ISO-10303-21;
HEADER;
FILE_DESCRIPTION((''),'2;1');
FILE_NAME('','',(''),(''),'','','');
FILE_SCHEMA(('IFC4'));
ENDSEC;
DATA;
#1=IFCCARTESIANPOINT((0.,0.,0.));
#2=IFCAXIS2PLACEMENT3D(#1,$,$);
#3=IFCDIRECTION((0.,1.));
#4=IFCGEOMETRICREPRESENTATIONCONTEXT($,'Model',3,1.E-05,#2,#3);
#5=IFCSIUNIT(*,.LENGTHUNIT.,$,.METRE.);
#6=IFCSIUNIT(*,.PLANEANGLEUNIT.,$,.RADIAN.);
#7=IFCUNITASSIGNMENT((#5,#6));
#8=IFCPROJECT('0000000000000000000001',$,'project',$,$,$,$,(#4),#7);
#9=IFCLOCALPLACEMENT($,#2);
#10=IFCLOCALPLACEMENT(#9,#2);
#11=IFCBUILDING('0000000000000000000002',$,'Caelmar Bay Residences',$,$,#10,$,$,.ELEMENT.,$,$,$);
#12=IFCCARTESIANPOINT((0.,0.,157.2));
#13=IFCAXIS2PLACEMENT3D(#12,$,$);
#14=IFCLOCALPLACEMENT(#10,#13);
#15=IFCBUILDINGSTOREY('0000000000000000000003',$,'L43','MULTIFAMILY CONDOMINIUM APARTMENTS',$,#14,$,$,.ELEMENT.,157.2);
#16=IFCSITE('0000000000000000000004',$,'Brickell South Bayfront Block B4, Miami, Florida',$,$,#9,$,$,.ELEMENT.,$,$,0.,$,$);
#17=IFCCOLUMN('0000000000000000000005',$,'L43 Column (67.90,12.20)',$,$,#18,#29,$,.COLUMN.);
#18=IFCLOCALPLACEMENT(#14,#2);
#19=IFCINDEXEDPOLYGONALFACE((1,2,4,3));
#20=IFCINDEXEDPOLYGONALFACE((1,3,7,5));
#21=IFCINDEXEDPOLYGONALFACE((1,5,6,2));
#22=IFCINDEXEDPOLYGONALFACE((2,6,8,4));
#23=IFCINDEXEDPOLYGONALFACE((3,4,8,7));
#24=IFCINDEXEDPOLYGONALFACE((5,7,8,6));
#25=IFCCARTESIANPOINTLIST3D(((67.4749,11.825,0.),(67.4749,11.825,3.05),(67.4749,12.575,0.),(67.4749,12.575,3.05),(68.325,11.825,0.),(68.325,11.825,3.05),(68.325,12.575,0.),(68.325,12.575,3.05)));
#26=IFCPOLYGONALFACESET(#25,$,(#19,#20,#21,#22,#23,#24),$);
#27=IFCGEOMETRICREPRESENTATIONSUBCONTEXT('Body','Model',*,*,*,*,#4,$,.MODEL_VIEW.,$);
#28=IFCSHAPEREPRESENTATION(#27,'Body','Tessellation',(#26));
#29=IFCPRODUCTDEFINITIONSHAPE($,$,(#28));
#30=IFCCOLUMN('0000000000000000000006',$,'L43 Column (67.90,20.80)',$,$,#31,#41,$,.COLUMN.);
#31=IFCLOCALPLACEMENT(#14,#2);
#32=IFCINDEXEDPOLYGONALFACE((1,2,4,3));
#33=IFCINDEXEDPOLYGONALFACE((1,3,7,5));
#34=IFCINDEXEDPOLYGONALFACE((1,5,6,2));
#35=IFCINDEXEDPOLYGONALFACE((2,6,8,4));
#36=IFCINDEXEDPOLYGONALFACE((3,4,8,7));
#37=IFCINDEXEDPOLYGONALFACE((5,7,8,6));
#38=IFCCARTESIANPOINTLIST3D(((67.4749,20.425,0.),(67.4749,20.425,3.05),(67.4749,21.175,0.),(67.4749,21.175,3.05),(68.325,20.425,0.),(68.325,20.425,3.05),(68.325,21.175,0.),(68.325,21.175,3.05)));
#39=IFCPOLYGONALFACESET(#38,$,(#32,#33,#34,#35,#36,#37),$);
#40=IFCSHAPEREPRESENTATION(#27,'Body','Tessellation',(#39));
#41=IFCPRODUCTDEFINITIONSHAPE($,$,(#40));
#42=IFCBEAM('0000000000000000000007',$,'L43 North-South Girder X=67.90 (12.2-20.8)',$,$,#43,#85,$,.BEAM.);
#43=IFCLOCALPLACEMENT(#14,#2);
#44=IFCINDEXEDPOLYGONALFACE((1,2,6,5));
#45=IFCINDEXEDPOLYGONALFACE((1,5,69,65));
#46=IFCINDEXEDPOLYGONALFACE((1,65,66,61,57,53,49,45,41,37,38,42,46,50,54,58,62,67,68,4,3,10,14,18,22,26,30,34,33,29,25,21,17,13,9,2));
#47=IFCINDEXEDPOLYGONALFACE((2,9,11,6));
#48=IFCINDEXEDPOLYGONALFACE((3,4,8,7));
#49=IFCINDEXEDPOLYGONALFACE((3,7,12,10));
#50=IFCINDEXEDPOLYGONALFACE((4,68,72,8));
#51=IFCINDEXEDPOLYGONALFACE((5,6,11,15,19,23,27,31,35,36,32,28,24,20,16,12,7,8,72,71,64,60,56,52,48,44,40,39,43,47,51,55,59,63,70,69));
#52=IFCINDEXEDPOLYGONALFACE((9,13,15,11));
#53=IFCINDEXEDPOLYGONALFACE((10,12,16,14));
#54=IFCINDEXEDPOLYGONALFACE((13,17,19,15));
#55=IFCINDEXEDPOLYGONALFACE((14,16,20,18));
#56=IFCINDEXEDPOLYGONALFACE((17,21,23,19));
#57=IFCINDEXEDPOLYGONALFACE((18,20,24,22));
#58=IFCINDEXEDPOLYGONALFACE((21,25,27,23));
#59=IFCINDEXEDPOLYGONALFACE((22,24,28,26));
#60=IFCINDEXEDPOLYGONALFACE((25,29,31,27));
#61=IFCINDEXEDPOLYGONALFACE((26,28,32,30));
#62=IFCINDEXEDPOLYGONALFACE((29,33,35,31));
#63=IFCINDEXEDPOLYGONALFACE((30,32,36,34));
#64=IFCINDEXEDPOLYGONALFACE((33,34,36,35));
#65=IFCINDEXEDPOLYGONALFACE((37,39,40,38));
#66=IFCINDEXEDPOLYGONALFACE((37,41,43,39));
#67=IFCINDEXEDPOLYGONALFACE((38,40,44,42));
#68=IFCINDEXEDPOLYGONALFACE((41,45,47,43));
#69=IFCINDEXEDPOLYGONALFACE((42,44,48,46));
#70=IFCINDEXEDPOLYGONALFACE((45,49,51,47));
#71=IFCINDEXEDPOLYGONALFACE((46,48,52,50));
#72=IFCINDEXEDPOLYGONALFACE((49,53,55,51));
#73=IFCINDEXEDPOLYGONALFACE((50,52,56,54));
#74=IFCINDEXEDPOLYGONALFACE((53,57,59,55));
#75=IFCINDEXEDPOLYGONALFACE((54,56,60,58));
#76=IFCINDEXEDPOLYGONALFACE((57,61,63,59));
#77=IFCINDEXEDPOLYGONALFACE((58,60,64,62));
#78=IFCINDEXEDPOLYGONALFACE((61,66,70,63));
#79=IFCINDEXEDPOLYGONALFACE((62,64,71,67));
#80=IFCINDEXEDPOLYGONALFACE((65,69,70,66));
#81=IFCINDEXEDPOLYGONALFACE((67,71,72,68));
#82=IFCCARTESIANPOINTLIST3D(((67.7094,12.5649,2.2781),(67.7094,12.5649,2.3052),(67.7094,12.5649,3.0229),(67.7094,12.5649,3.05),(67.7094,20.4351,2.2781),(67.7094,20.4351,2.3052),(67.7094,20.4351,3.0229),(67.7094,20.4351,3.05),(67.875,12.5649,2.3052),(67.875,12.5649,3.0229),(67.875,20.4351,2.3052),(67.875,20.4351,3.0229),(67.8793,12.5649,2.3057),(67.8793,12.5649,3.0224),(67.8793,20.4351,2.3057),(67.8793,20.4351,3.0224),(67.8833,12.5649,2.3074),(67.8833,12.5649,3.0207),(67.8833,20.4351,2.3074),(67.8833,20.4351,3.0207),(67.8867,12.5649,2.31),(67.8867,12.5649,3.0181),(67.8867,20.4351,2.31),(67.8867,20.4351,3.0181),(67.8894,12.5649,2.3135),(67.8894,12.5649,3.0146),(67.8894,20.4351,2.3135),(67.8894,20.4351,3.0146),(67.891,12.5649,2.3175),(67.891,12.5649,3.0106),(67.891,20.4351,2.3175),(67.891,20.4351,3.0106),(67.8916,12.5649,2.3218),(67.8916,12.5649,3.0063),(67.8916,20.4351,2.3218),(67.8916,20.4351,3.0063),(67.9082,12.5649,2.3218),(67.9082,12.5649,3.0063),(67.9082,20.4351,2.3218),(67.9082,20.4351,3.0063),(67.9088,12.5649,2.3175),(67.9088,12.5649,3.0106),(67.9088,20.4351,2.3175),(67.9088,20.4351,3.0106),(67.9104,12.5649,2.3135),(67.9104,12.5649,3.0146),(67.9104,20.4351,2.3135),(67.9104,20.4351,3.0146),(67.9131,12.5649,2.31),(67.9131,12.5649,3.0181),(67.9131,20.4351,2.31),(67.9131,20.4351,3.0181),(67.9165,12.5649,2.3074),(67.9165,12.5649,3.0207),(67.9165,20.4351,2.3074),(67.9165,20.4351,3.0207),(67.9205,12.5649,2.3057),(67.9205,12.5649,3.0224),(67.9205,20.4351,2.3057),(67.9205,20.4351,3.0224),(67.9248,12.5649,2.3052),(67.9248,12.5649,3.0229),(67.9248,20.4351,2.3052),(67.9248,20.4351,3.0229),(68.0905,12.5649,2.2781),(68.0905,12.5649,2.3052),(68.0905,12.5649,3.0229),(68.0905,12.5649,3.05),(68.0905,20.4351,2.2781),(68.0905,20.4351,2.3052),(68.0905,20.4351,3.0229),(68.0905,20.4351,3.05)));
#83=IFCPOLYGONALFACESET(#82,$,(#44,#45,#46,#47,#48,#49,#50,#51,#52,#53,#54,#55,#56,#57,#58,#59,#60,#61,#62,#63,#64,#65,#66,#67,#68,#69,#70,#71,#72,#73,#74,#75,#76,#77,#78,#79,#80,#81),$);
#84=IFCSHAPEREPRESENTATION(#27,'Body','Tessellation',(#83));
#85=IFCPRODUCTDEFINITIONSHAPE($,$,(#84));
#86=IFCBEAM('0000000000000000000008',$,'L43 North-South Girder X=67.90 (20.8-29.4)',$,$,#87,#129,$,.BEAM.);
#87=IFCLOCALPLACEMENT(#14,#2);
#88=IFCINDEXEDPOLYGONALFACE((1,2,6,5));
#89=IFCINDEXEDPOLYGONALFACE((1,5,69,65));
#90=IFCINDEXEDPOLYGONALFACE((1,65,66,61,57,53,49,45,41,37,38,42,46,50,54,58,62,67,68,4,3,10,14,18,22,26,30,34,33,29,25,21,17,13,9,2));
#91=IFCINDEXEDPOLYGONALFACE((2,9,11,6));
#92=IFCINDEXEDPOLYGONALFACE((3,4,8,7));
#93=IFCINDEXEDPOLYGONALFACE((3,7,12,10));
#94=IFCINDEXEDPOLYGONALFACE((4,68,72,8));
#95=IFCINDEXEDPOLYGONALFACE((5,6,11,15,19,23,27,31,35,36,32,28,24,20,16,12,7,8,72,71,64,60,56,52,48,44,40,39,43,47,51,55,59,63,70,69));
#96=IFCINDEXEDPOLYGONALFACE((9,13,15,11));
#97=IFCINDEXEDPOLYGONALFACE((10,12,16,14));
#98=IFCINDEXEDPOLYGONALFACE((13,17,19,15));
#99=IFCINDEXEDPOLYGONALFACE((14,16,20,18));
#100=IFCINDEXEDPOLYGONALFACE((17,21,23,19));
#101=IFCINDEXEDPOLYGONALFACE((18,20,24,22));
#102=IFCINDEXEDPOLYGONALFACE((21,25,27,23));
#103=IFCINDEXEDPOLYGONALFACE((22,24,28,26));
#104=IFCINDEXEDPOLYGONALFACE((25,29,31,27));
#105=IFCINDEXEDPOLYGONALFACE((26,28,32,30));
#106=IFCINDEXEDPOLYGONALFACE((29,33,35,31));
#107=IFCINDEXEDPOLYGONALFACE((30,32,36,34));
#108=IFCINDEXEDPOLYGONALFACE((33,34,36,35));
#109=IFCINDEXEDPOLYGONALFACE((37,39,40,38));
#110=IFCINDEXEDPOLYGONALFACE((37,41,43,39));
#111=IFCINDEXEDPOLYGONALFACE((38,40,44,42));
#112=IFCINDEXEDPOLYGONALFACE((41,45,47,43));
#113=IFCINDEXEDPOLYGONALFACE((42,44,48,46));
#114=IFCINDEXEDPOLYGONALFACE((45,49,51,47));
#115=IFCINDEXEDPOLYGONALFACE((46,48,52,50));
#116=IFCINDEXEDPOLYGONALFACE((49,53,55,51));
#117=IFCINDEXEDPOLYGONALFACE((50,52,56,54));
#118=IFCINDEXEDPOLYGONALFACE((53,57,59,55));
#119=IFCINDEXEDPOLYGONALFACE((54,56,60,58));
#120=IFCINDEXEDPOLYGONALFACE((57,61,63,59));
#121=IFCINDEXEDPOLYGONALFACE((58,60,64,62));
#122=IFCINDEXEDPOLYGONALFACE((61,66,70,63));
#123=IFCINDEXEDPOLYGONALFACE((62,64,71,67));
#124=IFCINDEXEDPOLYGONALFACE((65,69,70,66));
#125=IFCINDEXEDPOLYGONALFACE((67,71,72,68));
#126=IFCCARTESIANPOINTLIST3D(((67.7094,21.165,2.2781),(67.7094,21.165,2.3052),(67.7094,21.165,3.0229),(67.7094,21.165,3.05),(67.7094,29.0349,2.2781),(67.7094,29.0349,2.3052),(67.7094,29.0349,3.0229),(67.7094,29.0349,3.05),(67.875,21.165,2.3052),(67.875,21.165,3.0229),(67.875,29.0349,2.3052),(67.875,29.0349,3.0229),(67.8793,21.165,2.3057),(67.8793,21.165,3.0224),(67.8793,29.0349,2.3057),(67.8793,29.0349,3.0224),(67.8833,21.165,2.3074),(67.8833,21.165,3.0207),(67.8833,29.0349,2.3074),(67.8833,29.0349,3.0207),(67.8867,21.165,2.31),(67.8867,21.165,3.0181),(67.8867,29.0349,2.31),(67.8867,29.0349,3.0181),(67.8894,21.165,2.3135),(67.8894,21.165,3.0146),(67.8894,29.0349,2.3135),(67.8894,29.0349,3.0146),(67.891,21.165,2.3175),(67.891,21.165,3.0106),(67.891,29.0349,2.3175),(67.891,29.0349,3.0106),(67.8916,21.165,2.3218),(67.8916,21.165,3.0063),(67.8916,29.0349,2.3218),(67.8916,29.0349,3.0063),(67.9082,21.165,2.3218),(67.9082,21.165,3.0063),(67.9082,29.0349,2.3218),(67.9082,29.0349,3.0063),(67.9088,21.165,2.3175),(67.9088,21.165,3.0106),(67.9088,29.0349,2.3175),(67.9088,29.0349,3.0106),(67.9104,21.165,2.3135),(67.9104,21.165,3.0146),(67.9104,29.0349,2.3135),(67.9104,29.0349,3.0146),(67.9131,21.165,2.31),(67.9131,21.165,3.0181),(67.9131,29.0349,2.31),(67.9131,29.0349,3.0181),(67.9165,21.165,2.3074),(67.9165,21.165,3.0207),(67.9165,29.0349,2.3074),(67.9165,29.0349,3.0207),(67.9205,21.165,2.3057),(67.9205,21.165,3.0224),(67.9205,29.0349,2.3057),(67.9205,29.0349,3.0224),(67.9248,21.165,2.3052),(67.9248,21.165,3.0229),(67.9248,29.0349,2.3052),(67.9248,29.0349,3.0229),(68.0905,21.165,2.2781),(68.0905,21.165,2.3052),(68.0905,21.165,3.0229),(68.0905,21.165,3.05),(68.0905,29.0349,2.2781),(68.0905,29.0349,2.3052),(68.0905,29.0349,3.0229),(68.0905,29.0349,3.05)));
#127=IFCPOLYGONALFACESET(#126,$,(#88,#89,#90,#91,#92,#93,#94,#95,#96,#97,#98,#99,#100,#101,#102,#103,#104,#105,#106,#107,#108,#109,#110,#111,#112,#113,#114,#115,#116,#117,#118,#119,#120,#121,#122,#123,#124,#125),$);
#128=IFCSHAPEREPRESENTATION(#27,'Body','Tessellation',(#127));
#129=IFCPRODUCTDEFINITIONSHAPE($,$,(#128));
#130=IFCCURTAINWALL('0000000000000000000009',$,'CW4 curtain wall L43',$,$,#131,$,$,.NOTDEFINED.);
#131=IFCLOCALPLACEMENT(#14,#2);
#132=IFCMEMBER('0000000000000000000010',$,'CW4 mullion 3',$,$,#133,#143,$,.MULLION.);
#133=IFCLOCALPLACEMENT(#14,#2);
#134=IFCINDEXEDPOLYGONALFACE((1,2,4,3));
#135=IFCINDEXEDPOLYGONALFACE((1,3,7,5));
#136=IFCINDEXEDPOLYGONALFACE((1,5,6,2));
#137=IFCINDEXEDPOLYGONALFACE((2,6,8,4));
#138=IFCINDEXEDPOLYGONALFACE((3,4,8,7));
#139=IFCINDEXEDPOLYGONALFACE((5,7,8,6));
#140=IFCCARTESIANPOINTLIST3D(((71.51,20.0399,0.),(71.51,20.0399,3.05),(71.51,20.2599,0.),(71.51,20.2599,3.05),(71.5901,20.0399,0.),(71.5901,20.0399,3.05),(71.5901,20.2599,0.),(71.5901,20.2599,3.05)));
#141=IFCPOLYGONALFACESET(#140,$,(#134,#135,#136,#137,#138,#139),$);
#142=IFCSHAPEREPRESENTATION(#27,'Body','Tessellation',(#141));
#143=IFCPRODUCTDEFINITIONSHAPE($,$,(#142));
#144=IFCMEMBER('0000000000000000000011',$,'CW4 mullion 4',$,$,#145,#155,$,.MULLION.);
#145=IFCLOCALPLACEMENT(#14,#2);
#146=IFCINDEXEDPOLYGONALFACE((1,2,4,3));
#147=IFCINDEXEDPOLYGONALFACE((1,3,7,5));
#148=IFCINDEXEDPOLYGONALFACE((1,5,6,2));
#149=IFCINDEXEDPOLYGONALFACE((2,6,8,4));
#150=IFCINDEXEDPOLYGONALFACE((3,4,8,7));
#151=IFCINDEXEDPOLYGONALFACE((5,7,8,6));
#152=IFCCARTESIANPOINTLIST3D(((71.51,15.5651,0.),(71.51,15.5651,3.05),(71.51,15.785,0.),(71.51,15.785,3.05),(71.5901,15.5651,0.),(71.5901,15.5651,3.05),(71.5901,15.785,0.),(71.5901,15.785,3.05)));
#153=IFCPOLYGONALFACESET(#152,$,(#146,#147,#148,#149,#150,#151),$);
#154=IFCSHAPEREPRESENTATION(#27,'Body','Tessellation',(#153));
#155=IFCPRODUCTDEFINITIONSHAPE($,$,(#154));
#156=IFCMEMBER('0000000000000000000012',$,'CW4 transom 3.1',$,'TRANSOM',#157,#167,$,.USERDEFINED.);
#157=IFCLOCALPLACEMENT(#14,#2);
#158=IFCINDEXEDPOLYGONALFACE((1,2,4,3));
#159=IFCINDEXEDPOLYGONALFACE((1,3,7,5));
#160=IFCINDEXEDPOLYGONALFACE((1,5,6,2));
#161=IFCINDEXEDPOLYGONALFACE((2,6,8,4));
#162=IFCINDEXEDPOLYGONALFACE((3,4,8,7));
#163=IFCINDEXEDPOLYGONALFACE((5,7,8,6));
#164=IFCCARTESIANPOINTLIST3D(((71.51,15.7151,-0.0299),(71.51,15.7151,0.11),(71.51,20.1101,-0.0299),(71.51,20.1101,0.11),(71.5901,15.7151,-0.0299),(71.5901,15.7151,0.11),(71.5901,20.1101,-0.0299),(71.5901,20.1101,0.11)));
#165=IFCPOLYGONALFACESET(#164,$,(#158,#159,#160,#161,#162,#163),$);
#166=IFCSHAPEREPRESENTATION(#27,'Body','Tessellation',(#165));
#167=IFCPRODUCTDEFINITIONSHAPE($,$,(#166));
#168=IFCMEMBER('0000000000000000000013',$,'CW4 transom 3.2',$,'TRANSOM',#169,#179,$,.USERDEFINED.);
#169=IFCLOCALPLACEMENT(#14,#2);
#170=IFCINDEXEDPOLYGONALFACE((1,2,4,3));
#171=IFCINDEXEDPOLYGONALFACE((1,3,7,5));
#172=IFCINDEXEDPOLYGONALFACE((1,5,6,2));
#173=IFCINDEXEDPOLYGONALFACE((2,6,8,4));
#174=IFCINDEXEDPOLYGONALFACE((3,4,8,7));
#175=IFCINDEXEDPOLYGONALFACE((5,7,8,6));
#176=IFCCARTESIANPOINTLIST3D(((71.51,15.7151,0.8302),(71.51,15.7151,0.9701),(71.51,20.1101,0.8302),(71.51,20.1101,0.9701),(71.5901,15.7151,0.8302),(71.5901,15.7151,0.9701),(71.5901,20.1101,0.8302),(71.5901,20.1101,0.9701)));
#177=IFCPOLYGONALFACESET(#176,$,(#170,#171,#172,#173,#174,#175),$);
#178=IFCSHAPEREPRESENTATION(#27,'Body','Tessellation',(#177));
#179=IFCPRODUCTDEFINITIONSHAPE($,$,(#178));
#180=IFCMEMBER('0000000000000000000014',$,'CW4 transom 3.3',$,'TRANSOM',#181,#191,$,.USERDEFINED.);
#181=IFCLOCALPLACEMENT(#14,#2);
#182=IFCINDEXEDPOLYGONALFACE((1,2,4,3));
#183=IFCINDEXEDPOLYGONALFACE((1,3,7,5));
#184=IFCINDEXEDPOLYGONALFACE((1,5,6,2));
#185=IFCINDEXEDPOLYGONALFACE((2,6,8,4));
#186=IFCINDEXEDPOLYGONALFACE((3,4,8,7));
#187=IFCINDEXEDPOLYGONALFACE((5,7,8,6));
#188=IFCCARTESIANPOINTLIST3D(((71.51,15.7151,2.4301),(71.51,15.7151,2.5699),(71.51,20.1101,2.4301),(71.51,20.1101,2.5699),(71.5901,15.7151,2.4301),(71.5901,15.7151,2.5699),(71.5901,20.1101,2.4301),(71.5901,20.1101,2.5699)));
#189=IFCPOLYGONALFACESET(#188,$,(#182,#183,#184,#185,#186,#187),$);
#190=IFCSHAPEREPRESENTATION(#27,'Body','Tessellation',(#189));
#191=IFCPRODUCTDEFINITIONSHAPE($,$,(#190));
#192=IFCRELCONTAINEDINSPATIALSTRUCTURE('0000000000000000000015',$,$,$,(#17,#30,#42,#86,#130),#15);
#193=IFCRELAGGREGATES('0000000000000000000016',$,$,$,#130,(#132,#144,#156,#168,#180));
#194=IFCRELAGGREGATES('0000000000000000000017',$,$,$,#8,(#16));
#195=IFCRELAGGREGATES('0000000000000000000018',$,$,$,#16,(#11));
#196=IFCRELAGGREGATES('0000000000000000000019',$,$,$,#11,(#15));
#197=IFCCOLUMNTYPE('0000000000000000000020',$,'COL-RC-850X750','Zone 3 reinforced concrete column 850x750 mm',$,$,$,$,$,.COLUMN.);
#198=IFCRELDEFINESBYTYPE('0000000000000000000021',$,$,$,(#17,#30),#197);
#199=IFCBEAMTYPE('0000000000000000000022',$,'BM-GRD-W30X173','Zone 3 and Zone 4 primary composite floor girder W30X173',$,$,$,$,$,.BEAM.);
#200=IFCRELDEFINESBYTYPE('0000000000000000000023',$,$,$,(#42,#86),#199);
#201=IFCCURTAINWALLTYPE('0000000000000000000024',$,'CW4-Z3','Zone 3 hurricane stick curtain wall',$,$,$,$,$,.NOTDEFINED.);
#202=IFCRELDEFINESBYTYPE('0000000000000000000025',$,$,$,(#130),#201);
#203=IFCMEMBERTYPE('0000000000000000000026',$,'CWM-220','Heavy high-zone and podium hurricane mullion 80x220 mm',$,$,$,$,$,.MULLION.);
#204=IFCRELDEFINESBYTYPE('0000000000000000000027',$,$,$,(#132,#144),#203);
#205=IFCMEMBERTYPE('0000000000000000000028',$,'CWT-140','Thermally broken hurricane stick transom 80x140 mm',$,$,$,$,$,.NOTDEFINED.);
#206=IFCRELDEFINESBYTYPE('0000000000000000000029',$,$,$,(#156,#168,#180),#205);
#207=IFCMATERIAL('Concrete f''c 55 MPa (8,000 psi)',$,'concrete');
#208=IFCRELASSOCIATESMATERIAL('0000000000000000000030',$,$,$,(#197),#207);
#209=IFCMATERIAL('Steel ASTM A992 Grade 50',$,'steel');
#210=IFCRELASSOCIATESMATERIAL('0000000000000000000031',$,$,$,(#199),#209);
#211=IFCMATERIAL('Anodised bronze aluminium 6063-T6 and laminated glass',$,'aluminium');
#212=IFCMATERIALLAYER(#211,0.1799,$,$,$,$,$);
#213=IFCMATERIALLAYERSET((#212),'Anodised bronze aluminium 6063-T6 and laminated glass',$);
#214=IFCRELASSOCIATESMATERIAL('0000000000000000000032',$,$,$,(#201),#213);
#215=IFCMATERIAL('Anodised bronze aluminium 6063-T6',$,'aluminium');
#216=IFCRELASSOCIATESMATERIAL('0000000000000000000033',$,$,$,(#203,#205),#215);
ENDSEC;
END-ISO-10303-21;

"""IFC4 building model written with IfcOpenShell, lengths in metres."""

from ifc_helpers import new_model, si_unit, direction, frame, origin, origin_2d, place, context, subcontext, project, spatial, rectangle, i_section, extrude, material, layer, layer_set, material_profile, profile_set, type_object, element, aggregate, save


model = new_model("IFC4")

# Units and contexts
model_context = context("Model", 3, precision=1e-05, world=origin(), true_north=direction((0.0, 1.0)))
body_context = subcontext(model_context, "Body", "Model", "MODEL_VIEW")
ifc_project = project(units=[si_unit("LENGTHUNIT", "METRE"), si_unit("PLANEANGLEUNIT", "RADIAN")], contexts=[model_context])

# Site, building, storey
site_placement = place(None, origin())
site = spatial("IfcSite", under=ifc_project, at=site_placement, Name="Brickell South Bayfront Block B4, Miami, Florida", CompositionType="ELEMENT", RefElevation=0.0)
building_placement = place(site_placement, origin())
building = spatial("IfcBuilding", under=site, at=building_placement, Name="Caelmar Bay Residences", CompositionType="ELEMENT")
storey_placement = place(building_placement, frame((0.0, 0.0, 157.2)))
storey = spatial("IfcBuildingStorey", under=building, at=storey_placement, Name="L43", Description="MULTIFAMILY CONDOMINIUM APARTMENTS", CompositionType="ELEMENT", Elevation=157.2)

# Columns
ifc_material_1 = material(Name="Concrete f'c 55 MPa (8,000 psi)", Category="concrete")
ifc_material_profile_1 = material_profile(ifc_material_1, rectangle(XDim=0.8501, YDim=0.75, at=origin_2d()), Name="RC-COL-850X750")
ifc_profile_set_1 = profile_set([ifc_material_profile_1], Name="Concrete f'c 55 MPa (8,000 psi)")
column_type = type_object("IfcColumnType", Name="COL-RC-850X750", Description="Zone 3 reinforced concrete column 850x750 mm", PredefinedType="COLUMN", material=ifc_profile_set_1)
for number, where, z_axis, x_axis, name in (
    (1, (67.8999, 12.2, 0.0), (0.0, 0.0, 1.0), (1.0, 0.0, 0.0), "L43 Column (67.90,12.20)"),
    (2, (67.8999, 20.8, 0.0), (0.0, 0.0, 1.0), (1.0, 0.0, 0.0), "L43 Column (67.90,20.80)"),
):
    element("IfcColumn", number, at=place(storey_placement, frame(where, z_axis=z_axis, x_axis=x_axis)), inside=storey, type_object=column_type, Name=name, PredefinedType="COLUMN", context=body_context, shape_type="SweptSolid", body=[
        extrude(rectangle(XDim=0.8501, YDim=0.75, at=origin_2d()), origin(), (0.0, 0.0, 1.0), 3.05),
    ])

# Beams
ifc_material_2 = material(Name="Steel ASTM A992 Grade 50", Category="steel")
ifc_material_profile_2 = material_profile(ifc_material_2, i_section(OverallWidth=0.3811, OverallDepth=0.772, WebThickness=0.0166, FlangeThickness=0.0271, FilletRadius=0.0166, at=origin_2d()), Name="W30X173")
ifc_profile_set_2 = profile_set([ifc_material_profile_2], Name="Steel ASTM A992 Grade 50")
beam_type = type_object("IfcBeamType", Name="BM-GRD-W30X173", Description="Zone 3 and Zone 4 primary composite floor girder W30X173", PredefinedType="BEAM", material=ifc_profile_set_2)
beam_1_placement = place(storey_placement, frame((67.8999, 12.5649, 2.6641), z_axis=(0.0, 1.0, 0.0), x_axis=(-1.0, 0.0, 0.0)))
element("IfcBeam", 3, at=beam_1_placement, inside=storey, type_object=beam_type, Name="L43 North-South Girder X=67.90 (12.2-20.8)", PredefinedType="BEAM", context=body_context, shape_type="SweptSolid", body=[
    extrude(i_section(OverallWidth=0.3811, OverallDepth=0.772, WebThickness=0.0166, FlangeThickness=0.0271, FilletRadius=0.0166, at=origin_2d()), origin(), (0.0, 0.0, 1.0), 7.8701),
])
beam_2_placement = place(storey_placement, frame((67.8999, 21.165, 2.6641), z_axis=(0.0, 1.0, 0.0), x_axis=(-1.0, 0.0, 0.0)))
element("IfcBeam", 4, at=beam_2_placement, inside=storey, type_object=beam_type, Name="L43 North-South Girder X=67.90 (20.8-29.4)", PredefinedType="BEAM", context=body_context, shape_type="SweptSolid", body=[
    extrude(i_section(OverallWidth=0.3811, OverallDepth=0.772, WebThickness=0.0166, FlangeThickness=0.0271, FilletRadius=0.0166, at=origin_2d()), origin(), (0.0, 0.0, 1.0), 7.8699),
])

# Curtain wall, members
ifc_material_3 = material(Name="Anodised bronze aluminium 6063-T6 and laminated glass", Category="aluminium")
ifc_layer_1 = layer(ifc_material_3, 0.1799)
ifc_layer_set_1 = layer_set([ifc_layer_1], Name="Anodised bronze aluminium 6063-T6 and laminated glass")
curtain_wall_type = type_object("IfcCurtainWallType", Name="CW4-Z3", Description="Zone 3 hurricane stick curtain wall", PredefinedType="NOTDEFINED", material=ifc_layer_set_1)
curtain_wall_placement = place(storey_placement, origin())
curtain_wall = element("IfcCurtainWall", 5, at=curtain_wall_placement, inside=storey, type_object=curtain_wall_type, Name="CW4 curtain wall L43", PredefinedType="NOTDEFINED")
ifc_material_4 = material(Name="Anodised bronze aluminium 6063-T6", Category="aluminium")
ifc_material_profile_3 = material_profile(ifc_material_4, rectangle(XDim=0.0801, YDim=0.22, at=origin_2d()), Name="CWM-80X220")
ifc_profile_set_3 = profile_set([ifc_material_profile_3], Name="Anodised bronze aluminium 6063-T6")
member_type_1 = type_object("IfcMemberType", Name="CWM-220", Description="Heavy high-zone and podium hurricane mullion 80x220 mm", PredefinedType="MULLION", material=ifc_profile_set_3)
member_1_placement = place(storey_placement, frame((71.55, 20.1499, 0.0), z_axis=(0.0, 0.0, 1.0), x_axis=(1.0, 0.0, 0.0)))
member_1 = element("IfcMember", 6, at=member_1_placement, type_object=member_type_1, Name="CW4 mullion 3", PredefinedType="MULLION", context=body_context, shape_type="SweptSolid", body=[
    extrude(rectangle(XDim=0.0801, YDim=0.22, at=origin_2d()), origin(), (0.0, 0.0, 1.0), 3.05),
])
member_2_placement = place(storey_placement, frame((71.55, 15.675, 0.0), z_axis=(0.0, 0.0, 1.0), x_axis=(1.0, 0.0, 0.0)))
member_2 = element("IfcMember", 7, at=member_2_placement, type_object=member_type_1, Name="CW4 mullion 4", PredefinedType="MULLION", context=body_context, shape_type="SweptSolid", body=[
    extrude(rectangle(XDim=0.0801, YDim=0.22, at=origin_2d()), origin(), (0.0, 0.0, 1.0), 3.05),
])
ifc_material_profile_4 = material_profile(ifc_material_4, rectangle(XDim=0.0801, YDim=0.1399, at=origin_2d()), Name="CWT-80X140")
ifc_profile_set_4 = profile_set([ifc_material_profile_4], Name="Anodised bronze aluminium 6063-T6")
member_type_2 = type_object("IfcMemberType", Name="CWT-140", Description="Thermally broken hurricane stick transom 80x140 mm", PredefinedType="NOTDEFINED", material=ifc_profile_set_4)
member_3_placement = place(storey_placement, frame((71.55, 20.1101, 0.04), z_axis=(0.0, -1.0, 0.0), x_axis=(1.0, 0.0, 0.0)))
member_3 = element("IfcMember", 8, at=member_3_placement, type_object=member_type_2, Name="CW4 transom 3.1", ObjectType="TRANSOM", PredefinedType="USERDEFINED", context=body_context, shape_type="SweptSolid", body=[
    extrude(rectangle(XDim=0.0801, YDim=0.1399, at=origin_2d()), origin(), (0.0, 0.0, 1.0), 4.395),
])
member_4_placement = place(storey_placement, frame((71.55, 20.1101, 0.9001), z_axis=(0.0, -1.0, 0.0), x_axis=(1.0, 0.0, 0.0)))
member_4 = element("IfcMember", 9, at=member_4_placement, type_object=member_type_2, Name="CW4 transom 3.2", ObjectType="TRANSOM", PredefinedType="USERDEFINED", context=body_context, shape_type="SweptSolid", body=[
    extrude(rectangle(XDim=0.0801, YDim=0.1399, at=origin_2d()), origin(), (0.0, 0.0, 1.0), 4.395),
])
member_5_placement = place(storey_placement, frame((71.55, 20.1101, 2.5), z_axis=(0.0, -1.0, 0.0), x_axis=(1.0, 0.0, 0.0)))
member_5 = element("IfcMember", 10, at=member_5_placement, type_object=member_type_2, Name="CW4 transom 3.3", ObjectType="TRANSOM", PredefinedType="USERDEFINED", context=body_context, shape_type="SweptSolid", body=[
    extrude(rectangle(XDim=0.0801, YDim=0.1399, at=origin_2d()), origin(), (0.0, 0.0, 1.0), 4.395),
])
aggregate(curtain_wall, [member_1, member_2, member_3, member_4, member_5])

save(model, "model.ifc")
